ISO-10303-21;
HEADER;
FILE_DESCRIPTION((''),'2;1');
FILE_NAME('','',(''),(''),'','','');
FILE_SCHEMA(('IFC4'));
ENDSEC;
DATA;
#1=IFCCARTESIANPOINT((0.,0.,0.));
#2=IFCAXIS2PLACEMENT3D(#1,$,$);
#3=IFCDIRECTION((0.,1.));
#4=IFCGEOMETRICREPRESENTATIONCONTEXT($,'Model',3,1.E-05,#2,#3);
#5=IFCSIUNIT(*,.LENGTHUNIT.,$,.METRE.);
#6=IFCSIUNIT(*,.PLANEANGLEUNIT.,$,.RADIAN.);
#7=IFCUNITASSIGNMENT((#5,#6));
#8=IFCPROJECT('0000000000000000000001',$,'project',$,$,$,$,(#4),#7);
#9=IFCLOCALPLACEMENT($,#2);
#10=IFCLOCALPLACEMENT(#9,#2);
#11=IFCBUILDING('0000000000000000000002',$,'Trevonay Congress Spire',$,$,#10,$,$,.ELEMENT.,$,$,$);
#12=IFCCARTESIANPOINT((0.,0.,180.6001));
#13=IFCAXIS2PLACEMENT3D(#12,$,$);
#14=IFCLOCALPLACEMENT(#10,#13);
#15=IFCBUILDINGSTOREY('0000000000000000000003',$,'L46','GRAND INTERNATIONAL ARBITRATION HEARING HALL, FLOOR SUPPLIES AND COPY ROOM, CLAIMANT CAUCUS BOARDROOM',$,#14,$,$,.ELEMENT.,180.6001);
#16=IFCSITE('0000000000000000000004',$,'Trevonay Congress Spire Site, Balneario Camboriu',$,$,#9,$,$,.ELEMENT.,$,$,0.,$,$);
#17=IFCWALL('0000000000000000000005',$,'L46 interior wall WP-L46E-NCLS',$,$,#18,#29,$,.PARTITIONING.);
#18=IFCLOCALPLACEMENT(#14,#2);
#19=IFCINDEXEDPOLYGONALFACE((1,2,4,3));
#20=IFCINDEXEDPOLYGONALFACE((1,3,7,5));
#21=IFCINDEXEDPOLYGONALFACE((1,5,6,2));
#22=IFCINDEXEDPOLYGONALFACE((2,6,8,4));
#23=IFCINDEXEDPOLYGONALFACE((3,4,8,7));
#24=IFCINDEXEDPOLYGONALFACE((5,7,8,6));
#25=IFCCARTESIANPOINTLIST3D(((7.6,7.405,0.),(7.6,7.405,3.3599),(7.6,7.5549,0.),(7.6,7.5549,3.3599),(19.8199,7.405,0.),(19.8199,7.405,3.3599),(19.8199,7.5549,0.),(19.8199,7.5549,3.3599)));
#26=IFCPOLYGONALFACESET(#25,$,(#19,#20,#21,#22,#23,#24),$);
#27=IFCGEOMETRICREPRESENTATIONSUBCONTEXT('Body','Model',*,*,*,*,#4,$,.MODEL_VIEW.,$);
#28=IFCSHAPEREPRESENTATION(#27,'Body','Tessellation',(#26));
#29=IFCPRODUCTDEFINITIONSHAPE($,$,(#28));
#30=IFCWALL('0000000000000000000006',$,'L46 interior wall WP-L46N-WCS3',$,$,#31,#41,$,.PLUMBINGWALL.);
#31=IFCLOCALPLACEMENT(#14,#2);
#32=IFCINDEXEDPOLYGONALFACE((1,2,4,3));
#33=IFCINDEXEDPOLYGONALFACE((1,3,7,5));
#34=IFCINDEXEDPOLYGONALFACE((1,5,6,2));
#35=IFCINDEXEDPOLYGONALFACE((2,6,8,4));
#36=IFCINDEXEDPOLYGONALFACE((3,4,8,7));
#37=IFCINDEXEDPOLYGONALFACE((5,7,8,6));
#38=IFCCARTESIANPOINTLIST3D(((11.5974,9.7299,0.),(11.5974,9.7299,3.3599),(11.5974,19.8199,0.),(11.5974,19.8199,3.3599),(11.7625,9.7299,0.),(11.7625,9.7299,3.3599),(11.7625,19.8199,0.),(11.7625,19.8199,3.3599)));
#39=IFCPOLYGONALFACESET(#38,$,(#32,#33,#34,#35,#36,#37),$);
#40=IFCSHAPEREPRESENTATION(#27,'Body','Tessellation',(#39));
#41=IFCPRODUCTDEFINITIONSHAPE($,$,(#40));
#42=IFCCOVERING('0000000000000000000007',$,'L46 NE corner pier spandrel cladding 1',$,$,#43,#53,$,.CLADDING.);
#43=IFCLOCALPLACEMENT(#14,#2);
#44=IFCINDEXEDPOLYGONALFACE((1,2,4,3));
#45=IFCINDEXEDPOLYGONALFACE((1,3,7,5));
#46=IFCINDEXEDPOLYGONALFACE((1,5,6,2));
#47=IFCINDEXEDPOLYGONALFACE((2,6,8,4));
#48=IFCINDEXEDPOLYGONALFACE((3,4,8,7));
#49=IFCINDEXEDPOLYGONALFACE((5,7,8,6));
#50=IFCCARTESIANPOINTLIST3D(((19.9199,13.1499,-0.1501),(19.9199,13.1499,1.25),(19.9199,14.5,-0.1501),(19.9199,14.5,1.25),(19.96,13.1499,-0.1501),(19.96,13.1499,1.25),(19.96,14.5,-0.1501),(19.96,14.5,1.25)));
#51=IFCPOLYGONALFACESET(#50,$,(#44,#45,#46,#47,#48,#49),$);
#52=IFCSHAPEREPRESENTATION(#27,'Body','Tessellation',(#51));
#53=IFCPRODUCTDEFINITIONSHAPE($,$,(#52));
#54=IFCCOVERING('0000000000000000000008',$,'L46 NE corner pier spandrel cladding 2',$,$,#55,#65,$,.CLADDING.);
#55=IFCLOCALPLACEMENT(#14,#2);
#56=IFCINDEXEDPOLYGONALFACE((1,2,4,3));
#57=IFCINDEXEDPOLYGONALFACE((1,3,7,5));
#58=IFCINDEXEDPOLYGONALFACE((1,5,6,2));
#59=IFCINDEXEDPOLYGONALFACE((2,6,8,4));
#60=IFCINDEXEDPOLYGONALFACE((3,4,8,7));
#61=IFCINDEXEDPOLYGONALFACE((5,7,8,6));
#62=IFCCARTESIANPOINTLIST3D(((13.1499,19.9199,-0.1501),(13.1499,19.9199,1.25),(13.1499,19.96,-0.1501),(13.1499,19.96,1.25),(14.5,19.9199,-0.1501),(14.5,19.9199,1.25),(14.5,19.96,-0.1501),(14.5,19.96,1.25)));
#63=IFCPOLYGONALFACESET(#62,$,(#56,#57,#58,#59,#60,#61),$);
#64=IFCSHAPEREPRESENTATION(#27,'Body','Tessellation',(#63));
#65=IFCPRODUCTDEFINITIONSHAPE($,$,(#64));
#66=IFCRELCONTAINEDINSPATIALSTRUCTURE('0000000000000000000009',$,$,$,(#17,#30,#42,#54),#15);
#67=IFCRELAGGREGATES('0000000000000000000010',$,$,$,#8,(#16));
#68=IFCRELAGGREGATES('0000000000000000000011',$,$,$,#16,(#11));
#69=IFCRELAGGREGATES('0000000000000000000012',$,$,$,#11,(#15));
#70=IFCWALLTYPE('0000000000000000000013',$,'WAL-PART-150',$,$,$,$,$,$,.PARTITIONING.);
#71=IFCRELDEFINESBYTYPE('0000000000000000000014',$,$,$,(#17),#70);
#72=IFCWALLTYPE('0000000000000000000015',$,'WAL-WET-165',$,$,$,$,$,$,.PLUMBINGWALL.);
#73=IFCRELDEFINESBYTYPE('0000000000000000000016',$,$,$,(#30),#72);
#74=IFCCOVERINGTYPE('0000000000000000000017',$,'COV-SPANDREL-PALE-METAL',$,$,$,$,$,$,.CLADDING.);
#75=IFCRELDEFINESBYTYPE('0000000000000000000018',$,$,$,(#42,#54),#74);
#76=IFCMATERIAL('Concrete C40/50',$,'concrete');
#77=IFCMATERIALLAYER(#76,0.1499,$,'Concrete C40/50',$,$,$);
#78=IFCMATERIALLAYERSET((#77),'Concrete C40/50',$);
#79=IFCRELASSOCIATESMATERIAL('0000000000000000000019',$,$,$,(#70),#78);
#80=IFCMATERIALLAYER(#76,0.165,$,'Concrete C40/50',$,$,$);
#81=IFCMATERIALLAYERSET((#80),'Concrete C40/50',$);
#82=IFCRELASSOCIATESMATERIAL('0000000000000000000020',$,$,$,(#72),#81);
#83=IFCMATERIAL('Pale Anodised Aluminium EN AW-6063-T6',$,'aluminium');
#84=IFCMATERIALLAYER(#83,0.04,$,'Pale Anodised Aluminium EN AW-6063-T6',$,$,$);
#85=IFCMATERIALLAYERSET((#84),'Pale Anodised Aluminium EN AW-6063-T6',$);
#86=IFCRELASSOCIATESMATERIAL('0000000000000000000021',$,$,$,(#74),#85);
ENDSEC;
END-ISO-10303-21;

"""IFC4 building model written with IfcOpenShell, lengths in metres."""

from ifc_helpers import new_model, si_unit, direction, frame, frame_2d, origin, place, context, subcontext, project, spatial, rectangle, extrude, material, layer, layer_set, type_object, element, save


model = new_model("IFC4")

# Units and contexts
model_context = context("Model", 3, precision=1e-05, world=origin(), true_north=direction((0.0, 1.0)))
body_context = subcontext(model_context, "Body", "Model", "MODEL_VIEW")
ifc_project = project(units=[si_unit("LENGTHUNIT", "METRE"), si_unit("PLANEANGLEUNIT", "RADIAN")], contexts=[model_context])

# Site, building, storey
site_placement = place(None, origin())
site = spatial("IfcSite", under=ifc_project, at=site_placement, Name="Trevonay Congress Spire Site, Balneario Camboriu", CompositionType="ELEMENT", RefElevation=0.0)
building_placement = place(site_placement, origin())
building = spatial("IfcBuilding", under=site, at=building_placement, Name="Trevonay Congress Spire", CompositionType="ELEMENT")
storey_placement = place(building_placement, frame((0.0, 0.0, 180.6001)))
storey = spatial("IfcBuildingStorey", under=building, at=storey_placement, Name="L46", Description="GRAND INTERNATIONAL ARBITRATION HEARING HALL, FLOOR SUPPLIES AND COPY ROOM, CLAIMANT CAUCUS BOARDROOM", CompositionType="ELEMENT", Elevation=180.6001)

# Shared definitions
ifc_material_1 = material(Name="Pale Anodised Aluminium EN AW-6063-T6", Category="aluminium")

# Walls
ifc_material_2 = material(Name="Concrete C40/50", Category="concrete")
ifc_layer_1 = layer(ifc_material_2, 0.1499, Name="Concrete C40/50")
ifc_layer_set_1 = layer_set([ifc_layer_1], Name="Concrete C40/50")
wall_type_1 = type_object("IfcWallType", Name="WAL-PART-150", PredefinedType="PARTITIONING", material=ifc_layer_set_1)
wall_1_placement = place(storey_placement, frame((7.6001, 7.48, 0.0), z_axis=(0.0, 0.0, 1.0), x_axis=(1.0, 0.0, 0.0)))
element("IfcWall", 1, at=wall_1_placement, inside=storey, type_object=wall_type_1, Name="L46 interior wall WP-L46E-NCLS", PredefinedType="PARTITIONING", context=body_context, shape_type="SweptSolid", body=[
    extrude(rectangle(XDim=12.22, YDim=0.1499, at=frame_2d((6.1099, 0.0))), origin(), (0.0, 0.0, 1.0), 3.3599),
])
ifc_layer_2 = layer(ifc_material_2, 0.165, Name="Concrete C40/50")
ifc_layer_set_2 = layer_set([ifc_layer_2], Name="Concrete C40/50")
wall_type_2 = type_object("IfcWallType", Name="WAL-WET-165", PredefinedType="PLUMBINGWALL", material=ifc_layer_set_2)
wall_2_placement = place(storey_placement, frame((11.6799, 9.73, 0.0), z_axis=(0.0, 0.0, 1.0), x_axis=(0.0, 1.0, 0.0)))
element("IfcWall", 2, at=wall_2_placement, inside=storey, type_object=wall_type_2, Name="L46 interior wall WP-L46N-WCS3", PredefinedType="PLUMBINGWALL", context=body_context, shape_type="SweptSolid", body=[
    extrude(rectangle(XDim=10.0901, YDim=0.165, at=frame_2d((5.0449, 0.0))), origin(), (0.0, 0.0, 1.0), 3.3599),
])

# Coverings
ifc_layer_3 = layer(ifc_material_1, 0.04, Name="Pale Anodised Aluminium EN AW-6063-T6")
ifc_layer_set_3 = layer_set([ifc_layer_3], Name="Pale Anodised Aluminium EN AW-6063-T6")
covering_type = type_object("IfcCoveringType", Name="COV-SPANDREL-PALE-METAL", PredefinedType="CLADDING", material=ifc_layer_set_3)
for number, where, z_axis, x_axis, name in (
    (3, (19.9399, 13.1499, -0.1501), (0.0, 0.0, 1.0), (0.0, 1.0, 0.0), "L46 NE corner pier spandrel cladding 1"),
    (4, (13.1499, 19.9399, -0.1501), (0.0, 0.0, 1.0), (1.0, 0.0, 0.0), "L46 NE corner pier spandrel cladding 2"),
):
    element("IfcCovering", number, at=place(storey_placement, frame(where, z_axis=z_axis, x_axis=x_axis)), inside=storey, type_object=covering_type, Name=name, PredefinedType="CLADDING", context=body_context, shape_type="SweptSolid", body=[
        extrude(rectangle(XDim=1.3501, YDim=0.04, at=frame_2d((0.675, 0.0))), origin(), (0.0, 0.0, 1.0), 1.4001),
    ])

save(model, "model.ifc")
